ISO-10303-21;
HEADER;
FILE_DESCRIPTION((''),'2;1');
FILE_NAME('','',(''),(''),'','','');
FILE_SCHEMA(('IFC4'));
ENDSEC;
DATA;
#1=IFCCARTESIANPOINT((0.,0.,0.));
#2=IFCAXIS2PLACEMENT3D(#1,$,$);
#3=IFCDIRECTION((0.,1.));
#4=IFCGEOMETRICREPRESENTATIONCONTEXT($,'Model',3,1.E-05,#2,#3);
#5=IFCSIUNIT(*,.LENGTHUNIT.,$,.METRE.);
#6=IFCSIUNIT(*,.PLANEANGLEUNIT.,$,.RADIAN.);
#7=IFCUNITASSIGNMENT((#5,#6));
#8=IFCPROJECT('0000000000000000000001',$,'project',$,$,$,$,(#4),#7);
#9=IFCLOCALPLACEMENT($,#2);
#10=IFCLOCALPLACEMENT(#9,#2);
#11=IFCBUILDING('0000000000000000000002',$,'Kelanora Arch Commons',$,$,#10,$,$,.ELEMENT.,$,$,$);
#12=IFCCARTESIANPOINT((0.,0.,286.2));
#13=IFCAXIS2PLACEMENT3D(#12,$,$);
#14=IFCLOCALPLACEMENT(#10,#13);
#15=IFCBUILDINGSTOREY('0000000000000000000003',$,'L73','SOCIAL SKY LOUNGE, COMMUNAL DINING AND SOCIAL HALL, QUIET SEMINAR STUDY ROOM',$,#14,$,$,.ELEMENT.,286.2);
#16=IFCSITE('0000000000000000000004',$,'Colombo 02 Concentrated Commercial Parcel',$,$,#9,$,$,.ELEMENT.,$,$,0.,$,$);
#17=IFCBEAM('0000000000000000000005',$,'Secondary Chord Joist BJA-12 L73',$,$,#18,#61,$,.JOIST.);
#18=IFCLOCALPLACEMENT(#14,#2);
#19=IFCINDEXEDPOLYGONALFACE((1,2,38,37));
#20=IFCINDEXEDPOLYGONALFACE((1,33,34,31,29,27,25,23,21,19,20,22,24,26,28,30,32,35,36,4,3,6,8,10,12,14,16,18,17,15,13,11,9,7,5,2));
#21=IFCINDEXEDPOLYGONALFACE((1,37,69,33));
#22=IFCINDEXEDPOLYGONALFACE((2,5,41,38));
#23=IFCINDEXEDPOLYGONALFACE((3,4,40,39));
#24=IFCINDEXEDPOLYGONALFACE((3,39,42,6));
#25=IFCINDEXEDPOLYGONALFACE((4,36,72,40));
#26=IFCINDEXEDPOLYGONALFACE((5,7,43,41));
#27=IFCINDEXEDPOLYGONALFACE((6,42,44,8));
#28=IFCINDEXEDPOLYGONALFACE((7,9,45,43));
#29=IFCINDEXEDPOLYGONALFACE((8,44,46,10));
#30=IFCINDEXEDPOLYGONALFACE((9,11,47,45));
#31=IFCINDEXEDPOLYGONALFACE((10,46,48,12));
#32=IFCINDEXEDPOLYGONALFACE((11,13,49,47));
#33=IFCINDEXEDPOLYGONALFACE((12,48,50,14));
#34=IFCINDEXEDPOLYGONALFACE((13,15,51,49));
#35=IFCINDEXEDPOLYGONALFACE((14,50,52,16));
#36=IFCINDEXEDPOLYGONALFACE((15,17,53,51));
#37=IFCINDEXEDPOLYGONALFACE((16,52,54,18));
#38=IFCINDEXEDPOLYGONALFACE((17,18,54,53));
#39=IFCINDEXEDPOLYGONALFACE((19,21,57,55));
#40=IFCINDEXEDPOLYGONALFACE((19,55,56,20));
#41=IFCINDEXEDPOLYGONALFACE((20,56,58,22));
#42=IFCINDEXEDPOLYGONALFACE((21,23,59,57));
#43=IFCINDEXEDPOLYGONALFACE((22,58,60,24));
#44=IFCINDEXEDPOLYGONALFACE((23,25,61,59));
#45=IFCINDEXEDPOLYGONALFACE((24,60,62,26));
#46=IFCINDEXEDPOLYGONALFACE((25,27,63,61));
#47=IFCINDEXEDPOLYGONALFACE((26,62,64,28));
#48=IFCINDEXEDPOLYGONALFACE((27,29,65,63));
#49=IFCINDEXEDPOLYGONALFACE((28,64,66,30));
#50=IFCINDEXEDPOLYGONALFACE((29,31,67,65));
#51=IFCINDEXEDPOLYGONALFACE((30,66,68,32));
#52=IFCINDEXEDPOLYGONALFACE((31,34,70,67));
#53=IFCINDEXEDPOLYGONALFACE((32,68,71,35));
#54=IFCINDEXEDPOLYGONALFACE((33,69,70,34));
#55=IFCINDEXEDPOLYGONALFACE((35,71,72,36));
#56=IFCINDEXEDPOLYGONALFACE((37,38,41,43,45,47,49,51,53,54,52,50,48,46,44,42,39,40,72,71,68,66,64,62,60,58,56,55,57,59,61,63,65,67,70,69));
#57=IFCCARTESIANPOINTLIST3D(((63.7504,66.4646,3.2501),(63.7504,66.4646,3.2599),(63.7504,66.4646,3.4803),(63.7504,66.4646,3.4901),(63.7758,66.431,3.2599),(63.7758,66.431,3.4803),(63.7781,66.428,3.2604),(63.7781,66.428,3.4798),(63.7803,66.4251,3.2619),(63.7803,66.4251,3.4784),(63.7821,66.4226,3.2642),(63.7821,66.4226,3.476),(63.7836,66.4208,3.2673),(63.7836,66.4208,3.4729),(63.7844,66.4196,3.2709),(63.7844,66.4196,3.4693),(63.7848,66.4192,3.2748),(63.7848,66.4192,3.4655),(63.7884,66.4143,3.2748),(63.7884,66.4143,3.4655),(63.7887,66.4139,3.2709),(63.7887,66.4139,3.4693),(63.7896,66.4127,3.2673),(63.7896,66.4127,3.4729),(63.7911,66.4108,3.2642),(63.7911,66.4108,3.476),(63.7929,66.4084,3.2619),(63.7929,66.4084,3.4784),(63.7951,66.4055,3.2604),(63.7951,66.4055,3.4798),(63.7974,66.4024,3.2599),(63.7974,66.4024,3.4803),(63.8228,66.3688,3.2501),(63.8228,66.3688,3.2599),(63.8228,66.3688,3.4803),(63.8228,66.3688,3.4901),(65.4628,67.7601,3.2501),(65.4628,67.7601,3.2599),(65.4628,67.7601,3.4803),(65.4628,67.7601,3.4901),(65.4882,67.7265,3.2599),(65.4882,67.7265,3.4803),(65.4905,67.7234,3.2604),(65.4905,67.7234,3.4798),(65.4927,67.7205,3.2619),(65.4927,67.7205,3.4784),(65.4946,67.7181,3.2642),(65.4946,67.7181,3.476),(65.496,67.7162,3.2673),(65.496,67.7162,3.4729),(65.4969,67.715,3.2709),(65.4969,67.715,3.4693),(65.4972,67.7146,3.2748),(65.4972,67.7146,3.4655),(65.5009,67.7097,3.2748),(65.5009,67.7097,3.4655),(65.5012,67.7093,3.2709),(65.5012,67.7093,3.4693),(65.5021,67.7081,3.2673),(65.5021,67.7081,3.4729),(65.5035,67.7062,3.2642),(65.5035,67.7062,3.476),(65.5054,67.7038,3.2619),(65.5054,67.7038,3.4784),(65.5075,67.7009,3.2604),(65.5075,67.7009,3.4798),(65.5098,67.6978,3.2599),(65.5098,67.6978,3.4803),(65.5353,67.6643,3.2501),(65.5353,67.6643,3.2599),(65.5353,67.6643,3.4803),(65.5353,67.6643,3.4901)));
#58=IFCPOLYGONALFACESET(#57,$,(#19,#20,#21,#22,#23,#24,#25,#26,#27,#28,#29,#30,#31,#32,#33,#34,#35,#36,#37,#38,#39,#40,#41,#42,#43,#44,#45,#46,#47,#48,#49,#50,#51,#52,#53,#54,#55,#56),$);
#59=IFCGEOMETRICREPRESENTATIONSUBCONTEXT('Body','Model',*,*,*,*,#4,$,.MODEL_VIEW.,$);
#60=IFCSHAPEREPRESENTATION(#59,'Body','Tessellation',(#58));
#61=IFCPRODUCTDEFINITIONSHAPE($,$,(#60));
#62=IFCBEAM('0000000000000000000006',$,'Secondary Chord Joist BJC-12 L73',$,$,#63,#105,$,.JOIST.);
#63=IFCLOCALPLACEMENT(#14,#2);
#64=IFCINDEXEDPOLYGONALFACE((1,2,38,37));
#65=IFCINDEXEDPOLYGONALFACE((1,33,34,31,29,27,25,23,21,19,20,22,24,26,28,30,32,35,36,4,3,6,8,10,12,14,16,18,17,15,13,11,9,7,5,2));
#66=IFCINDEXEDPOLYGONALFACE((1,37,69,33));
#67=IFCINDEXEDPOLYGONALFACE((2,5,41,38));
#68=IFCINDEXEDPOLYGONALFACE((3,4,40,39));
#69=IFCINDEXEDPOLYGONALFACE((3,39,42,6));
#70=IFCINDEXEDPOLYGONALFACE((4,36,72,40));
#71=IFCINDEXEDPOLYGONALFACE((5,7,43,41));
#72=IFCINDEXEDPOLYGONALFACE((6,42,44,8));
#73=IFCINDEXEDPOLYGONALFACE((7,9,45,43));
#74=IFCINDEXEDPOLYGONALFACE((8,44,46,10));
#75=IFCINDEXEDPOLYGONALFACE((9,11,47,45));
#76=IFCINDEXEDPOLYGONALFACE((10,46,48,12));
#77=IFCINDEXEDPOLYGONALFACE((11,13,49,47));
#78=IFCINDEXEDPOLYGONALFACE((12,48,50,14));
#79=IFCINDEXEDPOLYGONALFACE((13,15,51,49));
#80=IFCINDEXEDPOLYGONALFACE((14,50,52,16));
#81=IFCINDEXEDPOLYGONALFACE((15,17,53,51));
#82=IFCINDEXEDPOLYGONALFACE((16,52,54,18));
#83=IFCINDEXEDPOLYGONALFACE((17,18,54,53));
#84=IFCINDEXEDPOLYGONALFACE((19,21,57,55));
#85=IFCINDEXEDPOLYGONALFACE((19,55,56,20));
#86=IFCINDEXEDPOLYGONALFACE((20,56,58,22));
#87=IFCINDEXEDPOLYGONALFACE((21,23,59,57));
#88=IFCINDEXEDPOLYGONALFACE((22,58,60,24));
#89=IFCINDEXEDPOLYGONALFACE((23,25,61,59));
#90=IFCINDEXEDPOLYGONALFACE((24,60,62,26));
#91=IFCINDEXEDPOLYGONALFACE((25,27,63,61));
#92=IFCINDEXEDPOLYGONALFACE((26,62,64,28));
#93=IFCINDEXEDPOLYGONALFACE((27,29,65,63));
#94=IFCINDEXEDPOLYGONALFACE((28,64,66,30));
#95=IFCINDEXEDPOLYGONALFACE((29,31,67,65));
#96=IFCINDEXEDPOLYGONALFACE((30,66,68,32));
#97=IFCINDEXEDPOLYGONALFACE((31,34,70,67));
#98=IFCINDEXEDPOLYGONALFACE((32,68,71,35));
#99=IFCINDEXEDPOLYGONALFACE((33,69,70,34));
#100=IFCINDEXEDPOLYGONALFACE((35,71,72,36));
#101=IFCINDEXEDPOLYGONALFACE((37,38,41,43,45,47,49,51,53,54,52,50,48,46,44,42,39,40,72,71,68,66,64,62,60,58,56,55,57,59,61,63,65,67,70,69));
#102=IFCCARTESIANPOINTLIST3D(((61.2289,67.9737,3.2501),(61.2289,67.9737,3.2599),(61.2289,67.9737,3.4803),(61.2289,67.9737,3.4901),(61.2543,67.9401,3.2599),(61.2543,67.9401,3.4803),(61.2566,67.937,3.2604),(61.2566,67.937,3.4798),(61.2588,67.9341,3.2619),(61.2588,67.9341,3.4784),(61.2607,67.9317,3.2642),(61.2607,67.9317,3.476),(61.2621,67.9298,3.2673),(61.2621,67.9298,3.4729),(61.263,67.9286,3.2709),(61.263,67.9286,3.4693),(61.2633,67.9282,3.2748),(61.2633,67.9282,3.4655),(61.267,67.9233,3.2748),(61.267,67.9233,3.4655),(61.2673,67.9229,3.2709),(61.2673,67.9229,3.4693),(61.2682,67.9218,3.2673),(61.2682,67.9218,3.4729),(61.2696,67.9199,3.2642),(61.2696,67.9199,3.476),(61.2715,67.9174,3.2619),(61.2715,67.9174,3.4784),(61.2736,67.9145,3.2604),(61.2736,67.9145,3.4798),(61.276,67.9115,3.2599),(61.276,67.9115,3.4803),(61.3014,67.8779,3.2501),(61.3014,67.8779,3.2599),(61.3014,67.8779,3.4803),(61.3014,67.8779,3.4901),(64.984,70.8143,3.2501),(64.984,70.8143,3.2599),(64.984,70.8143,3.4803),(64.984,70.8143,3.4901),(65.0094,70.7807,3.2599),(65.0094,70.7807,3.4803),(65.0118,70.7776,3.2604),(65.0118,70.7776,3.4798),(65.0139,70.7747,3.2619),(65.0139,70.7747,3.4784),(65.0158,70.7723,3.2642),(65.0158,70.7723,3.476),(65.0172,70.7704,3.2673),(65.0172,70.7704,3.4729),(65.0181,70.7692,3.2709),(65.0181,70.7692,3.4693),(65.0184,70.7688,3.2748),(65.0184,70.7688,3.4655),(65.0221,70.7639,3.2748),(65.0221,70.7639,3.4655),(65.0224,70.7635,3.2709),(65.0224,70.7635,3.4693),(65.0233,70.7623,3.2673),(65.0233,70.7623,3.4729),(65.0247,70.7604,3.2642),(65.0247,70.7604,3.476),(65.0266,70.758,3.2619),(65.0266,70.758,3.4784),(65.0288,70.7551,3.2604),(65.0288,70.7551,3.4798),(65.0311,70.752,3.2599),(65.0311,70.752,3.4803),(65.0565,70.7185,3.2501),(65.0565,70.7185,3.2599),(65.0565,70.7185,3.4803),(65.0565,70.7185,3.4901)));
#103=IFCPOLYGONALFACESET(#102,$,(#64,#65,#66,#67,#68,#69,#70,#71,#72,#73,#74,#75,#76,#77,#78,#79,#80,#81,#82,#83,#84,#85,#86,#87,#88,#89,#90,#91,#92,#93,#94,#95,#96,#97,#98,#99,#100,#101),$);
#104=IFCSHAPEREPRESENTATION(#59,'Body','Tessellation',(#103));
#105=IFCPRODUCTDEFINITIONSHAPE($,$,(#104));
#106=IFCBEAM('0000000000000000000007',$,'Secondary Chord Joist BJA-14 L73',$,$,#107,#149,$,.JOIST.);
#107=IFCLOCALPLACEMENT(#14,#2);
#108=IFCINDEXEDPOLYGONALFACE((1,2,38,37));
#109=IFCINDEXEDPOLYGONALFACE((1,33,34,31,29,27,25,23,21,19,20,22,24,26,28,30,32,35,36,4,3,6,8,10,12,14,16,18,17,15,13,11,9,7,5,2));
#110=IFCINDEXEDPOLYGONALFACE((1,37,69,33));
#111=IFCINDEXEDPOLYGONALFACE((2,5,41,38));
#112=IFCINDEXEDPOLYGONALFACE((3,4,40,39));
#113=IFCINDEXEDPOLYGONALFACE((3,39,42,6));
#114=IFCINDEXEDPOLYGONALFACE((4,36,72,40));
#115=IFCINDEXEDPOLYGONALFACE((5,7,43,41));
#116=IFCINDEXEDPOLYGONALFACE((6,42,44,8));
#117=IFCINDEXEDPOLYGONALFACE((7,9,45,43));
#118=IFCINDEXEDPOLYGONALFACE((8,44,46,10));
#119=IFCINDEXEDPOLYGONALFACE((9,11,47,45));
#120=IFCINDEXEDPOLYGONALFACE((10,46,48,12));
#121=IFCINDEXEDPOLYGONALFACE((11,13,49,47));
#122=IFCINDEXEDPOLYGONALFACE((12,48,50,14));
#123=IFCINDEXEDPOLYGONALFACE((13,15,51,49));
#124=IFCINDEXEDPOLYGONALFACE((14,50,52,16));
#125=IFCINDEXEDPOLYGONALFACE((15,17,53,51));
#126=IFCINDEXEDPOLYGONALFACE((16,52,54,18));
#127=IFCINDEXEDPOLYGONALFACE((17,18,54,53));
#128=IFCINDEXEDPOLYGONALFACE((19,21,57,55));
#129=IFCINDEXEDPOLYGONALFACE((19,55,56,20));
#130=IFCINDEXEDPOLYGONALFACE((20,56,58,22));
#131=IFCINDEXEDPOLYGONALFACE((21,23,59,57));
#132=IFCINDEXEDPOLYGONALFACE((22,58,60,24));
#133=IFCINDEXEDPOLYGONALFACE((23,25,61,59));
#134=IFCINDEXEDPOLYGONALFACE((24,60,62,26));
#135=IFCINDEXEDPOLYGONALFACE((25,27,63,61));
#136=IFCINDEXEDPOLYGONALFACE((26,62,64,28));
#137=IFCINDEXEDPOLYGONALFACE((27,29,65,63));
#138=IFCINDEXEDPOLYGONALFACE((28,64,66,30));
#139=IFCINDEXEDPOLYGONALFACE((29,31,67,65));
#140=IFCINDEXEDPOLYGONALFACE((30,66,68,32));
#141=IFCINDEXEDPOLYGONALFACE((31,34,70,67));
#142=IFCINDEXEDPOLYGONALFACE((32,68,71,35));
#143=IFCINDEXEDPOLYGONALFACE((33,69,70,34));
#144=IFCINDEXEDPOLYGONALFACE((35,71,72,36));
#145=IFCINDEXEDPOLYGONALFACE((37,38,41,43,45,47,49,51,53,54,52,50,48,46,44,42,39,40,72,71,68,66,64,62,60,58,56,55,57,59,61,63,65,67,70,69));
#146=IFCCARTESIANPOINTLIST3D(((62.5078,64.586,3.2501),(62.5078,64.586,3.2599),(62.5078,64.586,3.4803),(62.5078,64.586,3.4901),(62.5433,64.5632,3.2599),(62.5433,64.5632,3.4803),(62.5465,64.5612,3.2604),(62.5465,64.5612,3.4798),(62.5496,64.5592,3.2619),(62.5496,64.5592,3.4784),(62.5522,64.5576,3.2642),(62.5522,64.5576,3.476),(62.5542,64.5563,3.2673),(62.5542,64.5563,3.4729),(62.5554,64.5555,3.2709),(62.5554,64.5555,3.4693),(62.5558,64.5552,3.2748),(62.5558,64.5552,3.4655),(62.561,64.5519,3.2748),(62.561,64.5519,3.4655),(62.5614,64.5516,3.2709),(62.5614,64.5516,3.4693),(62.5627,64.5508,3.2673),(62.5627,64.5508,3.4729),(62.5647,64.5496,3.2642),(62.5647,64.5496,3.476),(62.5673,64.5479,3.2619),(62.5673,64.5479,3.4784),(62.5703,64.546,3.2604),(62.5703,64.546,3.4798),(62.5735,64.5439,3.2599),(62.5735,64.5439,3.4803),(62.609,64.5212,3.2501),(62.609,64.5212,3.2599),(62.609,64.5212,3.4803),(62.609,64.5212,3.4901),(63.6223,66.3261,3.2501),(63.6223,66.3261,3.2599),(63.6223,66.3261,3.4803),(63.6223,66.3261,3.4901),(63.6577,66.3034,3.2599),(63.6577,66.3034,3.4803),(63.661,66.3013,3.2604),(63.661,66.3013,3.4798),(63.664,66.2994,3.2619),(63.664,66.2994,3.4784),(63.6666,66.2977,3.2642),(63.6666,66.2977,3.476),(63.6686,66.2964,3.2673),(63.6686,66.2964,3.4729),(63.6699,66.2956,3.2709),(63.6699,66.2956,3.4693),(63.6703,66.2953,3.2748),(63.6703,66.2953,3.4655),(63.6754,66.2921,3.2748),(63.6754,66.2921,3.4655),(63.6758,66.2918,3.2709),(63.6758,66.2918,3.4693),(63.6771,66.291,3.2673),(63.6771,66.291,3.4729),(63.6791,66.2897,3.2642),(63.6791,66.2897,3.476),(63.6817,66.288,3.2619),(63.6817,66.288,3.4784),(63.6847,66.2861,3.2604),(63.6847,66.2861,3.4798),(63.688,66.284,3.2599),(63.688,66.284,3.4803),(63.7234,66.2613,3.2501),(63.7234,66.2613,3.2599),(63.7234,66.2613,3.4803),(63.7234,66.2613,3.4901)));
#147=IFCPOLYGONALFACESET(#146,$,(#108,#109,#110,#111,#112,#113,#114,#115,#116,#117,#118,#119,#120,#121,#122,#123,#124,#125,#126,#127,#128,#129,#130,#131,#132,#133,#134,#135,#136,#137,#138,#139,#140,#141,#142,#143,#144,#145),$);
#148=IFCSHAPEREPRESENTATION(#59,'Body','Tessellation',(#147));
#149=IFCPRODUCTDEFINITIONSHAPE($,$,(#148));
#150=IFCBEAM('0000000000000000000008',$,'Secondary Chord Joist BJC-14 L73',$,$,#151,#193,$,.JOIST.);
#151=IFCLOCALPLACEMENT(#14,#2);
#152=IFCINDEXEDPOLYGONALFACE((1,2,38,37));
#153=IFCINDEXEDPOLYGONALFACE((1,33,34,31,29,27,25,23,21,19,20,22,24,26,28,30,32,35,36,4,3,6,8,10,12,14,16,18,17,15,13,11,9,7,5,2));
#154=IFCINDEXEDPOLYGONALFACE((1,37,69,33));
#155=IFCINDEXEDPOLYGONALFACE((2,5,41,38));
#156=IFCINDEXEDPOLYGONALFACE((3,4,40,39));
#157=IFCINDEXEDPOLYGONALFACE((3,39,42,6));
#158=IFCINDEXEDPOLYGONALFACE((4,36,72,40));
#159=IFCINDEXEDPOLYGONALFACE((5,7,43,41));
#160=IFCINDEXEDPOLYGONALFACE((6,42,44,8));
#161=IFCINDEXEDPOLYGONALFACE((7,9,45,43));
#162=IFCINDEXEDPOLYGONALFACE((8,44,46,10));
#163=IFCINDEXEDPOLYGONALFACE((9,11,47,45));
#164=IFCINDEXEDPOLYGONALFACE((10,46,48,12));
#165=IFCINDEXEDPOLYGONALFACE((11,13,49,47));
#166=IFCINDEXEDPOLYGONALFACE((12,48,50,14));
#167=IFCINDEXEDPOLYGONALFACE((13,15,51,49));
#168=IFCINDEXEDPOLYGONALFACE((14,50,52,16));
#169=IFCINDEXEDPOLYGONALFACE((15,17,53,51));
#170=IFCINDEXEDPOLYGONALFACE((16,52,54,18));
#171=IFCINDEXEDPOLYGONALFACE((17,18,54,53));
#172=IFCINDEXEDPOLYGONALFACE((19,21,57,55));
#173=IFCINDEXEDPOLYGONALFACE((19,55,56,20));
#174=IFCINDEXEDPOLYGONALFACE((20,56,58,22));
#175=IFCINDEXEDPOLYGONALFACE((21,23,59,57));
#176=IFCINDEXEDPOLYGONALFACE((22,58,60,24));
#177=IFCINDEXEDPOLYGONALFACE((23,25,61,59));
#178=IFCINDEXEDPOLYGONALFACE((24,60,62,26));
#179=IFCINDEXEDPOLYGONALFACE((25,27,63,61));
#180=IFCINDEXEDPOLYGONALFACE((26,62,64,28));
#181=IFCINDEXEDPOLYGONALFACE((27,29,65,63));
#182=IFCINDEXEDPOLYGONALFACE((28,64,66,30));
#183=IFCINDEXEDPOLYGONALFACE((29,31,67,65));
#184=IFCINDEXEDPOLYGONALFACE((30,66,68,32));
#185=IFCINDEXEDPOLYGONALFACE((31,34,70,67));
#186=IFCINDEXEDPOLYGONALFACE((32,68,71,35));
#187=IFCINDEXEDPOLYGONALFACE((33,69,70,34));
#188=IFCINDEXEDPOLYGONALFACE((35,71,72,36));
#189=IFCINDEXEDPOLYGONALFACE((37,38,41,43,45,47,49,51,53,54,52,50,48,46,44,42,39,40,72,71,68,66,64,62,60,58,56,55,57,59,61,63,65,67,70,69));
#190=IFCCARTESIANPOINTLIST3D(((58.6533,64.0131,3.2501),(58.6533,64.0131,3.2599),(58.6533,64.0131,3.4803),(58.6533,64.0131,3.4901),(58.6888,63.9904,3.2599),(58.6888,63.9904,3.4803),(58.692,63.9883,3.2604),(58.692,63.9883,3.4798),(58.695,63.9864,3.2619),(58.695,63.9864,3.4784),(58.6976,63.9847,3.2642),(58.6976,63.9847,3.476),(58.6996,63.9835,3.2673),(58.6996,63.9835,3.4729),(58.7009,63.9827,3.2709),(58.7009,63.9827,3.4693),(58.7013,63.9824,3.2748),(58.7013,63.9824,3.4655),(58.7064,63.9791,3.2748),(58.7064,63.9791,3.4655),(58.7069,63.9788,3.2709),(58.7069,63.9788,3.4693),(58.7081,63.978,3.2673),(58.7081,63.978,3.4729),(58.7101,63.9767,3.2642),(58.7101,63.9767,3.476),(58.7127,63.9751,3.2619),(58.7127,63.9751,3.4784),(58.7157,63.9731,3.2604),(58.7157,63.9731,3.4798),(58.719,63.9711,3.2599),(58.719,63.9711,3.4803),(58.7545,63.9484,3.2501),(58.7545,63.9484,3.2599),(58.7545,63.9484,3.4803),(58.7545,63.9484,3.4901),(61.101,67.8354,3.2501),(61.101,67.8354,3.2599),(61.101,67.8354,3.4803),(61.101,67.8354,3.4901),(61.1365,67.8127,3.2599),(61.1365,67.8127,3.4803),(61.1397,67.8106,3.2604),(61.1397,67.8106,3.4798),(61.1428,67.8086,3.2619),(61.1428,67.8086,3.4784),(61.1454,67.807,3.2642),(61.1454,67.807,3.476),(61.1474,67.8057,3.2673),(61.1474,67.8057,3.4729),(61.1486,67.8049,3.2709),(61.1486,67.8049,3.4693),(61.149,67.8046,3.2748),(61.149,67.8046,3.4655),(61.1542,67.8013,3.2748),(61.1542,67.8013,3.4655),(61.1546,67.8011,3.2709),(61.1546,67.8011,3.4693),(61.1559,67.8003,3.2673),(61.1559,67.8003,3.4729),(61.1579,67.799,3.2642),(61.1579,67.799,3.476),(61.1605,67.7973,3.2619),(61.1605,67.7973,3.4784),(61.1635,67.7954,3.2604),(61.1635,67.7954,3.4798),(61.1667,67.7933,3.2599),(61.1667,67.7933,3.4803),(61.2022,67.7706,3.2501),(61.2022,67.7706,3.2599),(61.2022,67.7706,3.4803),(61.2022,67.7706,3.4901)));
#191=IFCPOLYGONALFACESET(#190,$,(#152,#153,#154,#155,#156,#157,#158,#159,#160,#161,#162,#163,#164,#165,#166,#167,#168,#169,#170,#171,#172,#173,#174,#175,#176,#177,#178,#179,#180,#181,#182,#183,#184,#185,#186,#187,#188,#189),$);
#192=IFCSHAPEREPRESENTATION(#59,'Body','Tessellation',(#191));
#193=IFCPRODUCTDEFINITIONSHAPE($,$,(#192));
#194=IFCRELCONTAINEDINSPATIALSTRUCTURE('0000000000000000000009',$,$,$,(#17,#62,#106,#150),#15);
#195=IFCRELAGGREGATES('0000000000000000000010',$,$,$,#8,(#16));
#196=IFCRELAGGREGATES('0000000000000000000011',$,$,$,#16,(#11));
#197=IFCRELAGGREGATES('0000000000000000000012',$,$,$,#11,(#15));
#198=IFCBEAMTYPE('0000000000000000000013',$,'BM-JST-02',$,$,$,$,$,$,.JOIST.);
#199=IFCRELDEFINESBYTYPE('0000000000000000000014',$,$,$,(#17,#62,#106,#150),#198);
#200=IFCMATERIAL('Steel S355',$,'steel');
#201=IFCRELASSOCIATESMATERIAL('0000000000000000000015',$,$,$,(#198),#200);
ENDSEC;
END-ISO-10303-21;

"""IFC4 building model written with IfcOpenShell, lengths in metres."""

from ifc_helpers import new_model, si_unit, direction, frame, origin, origin_2d, place, context, subcontext, project, spatial, i_section, extrude, material, material_profile, profile_set, type_object, element, save


model = new_model("IFC4")

# Units and contexts
model_context = context("Model", 3, precision=1e-05, world=origin(), true_north=direction((0.0, 1.0)))
body_context = subcontext(model_context, "Body", "Model", "MODEL_VIEW")
ifc_project = project(units=[si_unit("LENGTHUNIT", "METRE"), si_unit("PLANEANGLEUNIT", "RADIAN")], contexts=[model_context])

# Site, building, storey
site_placement = place(None, origin())
site = spatial("IfcSite", under=ifc_project, at=site_placement, Name="Colombo 02 Concentrated Commercial Parcel", CompositionType="ELEMENT", RefElevation=0.0)
building_placement = place(site_placement, origin())
building = spatial("IfcBuilding", under=site, at=building_placement, Name="Kelanora Arch Commons", CompositionType="ELEMENT")
storey_placement = place(building_placement, frame((0.0, 0.0, 286.2)))
storey = spatial("IfcBuildingStorey", under=building, at=storey_placement, Name="L73", Description="SOCIAL SKY LOUNGE, COMMUNAL DINING AND SOCIAL HALL, QUIET SEMINAR STUDY ROOM", CompositionType="ELEMENT", Elevation=286.2)

# Beams
ifc_material_1 = material(Name="Steel S355", Category="steel")
ifc_material_profile_1 = material_profile(ifc_material_1, i_section(OverallWidth=0.1201, OverallDepth=0.24, WebThickness=0.0061, FlangeThickness=0.0098, FilletRadius=0.0149, at=origin_2d()), Name="IPE240")
ifc_profile_set_1 = profile_set([ifc_material_profile_1], Name="Steel S355")
beam_type_1 = type_object("IfcBeamType", Name="BM-JST-02", PredefinedType="JOIST", material=ifc_profile_set_1)
beam_1_placement = place(storey_placement, frame((65.499, 67.7122, 3.3701), z_axis=(-0.79751, -0.603306, 0.0), x_axis=(0.603306, -0.79751, 0.0)))
element("IfcBeam", 1, at=beam_1_placement, inside=storey, type_object=beam_type_1, Name="Secondary Chord Joist BJA-12 L73", PredefinedType="JOIST", context=body_context, shape_type="SweptSolid", body=[
    extrude(i_section(OverallWidth=0.1201, OverallDepth=0.24, WebThickness=0.0061, FlangeThickness=0.0098, FilletRadius=0.0149, at=origin_2d()), origin(), (0.0, 0.0, 1.0), 2.1472),
])
beam_2_placement = place(storey_placement, frame((65.0203, 70.7664, 3.3701), z_axis=(-0.797523, -0.603289, 0.0), x_axis=(0.603289, -0.797523, 0.0)))
element("IfcBeam", 2, at=beam_2_placement, inside=storey, type_object=beam_type_1, Name="Secondary Chord Joist BJC-12 L73", PredefinedType="JOIST", context=body_context, shape_type="SweptSolid", body=[
    extrude(i_section(OverallWidth=0.1201, OverallDepth=0.24, WebThickness=0.0061, FlangeThickness=0.0098, FilletRadius=0.0149, at=origin_2d()), origin(), (0.0, 0.0, 1.0), 4.7085),
])
beam_3_placement = place(storey_placement, frame((63.6729, 66.2937, 3.3701), z_axis=(-0.539312, -0.842106, 0.0), x_axis=(0.842106, -0.539312, 0.0)))
element("IfcBeam", 3, at=beam_3_placement, inside=storey, type_object=beam_type_1, Name="Secondary Chord Joist BJA-14 L73", PredefinedType="JOIST", context=body_context, shape_type="SweptSolid", body=[
    extrude(i_section(OverallWidth=0.1201, OverallDepth=0.24, WebThickness=0.0061, FlangeThickness=0.0098, FilletRadius=0.0149, at=origin_2d()), origin(), (0.0, 0.0, 1.0), 2.0664),
])
beam_4_placement = place(storey_placement, frame((61.1516, 67.803, 3.3701), z_axis=(-0.539289, -0.842121, 0.0), x_axis=(0.842121, -0.539289, 0.0)))
element("IfcBeam", 4, at=beam_4_placement, inside=storey, type_object=beam_type_1, Name="Secondary Chord Joist BJC-14 L73", PredefinedType="JOIST", context=body_context, shape_type="SweptSolid", body=[
    extrude(i_section(OverallWidth=0.1201, OverallDepth=0.24, WebThickness=0.0061, FlangeThickness=0.0098, FilletRadius=0.0149, at=origin_2d()), origin(), (0.0, 0.0, 1.0), 4.5388),
])

save(model, "model.ifc")
